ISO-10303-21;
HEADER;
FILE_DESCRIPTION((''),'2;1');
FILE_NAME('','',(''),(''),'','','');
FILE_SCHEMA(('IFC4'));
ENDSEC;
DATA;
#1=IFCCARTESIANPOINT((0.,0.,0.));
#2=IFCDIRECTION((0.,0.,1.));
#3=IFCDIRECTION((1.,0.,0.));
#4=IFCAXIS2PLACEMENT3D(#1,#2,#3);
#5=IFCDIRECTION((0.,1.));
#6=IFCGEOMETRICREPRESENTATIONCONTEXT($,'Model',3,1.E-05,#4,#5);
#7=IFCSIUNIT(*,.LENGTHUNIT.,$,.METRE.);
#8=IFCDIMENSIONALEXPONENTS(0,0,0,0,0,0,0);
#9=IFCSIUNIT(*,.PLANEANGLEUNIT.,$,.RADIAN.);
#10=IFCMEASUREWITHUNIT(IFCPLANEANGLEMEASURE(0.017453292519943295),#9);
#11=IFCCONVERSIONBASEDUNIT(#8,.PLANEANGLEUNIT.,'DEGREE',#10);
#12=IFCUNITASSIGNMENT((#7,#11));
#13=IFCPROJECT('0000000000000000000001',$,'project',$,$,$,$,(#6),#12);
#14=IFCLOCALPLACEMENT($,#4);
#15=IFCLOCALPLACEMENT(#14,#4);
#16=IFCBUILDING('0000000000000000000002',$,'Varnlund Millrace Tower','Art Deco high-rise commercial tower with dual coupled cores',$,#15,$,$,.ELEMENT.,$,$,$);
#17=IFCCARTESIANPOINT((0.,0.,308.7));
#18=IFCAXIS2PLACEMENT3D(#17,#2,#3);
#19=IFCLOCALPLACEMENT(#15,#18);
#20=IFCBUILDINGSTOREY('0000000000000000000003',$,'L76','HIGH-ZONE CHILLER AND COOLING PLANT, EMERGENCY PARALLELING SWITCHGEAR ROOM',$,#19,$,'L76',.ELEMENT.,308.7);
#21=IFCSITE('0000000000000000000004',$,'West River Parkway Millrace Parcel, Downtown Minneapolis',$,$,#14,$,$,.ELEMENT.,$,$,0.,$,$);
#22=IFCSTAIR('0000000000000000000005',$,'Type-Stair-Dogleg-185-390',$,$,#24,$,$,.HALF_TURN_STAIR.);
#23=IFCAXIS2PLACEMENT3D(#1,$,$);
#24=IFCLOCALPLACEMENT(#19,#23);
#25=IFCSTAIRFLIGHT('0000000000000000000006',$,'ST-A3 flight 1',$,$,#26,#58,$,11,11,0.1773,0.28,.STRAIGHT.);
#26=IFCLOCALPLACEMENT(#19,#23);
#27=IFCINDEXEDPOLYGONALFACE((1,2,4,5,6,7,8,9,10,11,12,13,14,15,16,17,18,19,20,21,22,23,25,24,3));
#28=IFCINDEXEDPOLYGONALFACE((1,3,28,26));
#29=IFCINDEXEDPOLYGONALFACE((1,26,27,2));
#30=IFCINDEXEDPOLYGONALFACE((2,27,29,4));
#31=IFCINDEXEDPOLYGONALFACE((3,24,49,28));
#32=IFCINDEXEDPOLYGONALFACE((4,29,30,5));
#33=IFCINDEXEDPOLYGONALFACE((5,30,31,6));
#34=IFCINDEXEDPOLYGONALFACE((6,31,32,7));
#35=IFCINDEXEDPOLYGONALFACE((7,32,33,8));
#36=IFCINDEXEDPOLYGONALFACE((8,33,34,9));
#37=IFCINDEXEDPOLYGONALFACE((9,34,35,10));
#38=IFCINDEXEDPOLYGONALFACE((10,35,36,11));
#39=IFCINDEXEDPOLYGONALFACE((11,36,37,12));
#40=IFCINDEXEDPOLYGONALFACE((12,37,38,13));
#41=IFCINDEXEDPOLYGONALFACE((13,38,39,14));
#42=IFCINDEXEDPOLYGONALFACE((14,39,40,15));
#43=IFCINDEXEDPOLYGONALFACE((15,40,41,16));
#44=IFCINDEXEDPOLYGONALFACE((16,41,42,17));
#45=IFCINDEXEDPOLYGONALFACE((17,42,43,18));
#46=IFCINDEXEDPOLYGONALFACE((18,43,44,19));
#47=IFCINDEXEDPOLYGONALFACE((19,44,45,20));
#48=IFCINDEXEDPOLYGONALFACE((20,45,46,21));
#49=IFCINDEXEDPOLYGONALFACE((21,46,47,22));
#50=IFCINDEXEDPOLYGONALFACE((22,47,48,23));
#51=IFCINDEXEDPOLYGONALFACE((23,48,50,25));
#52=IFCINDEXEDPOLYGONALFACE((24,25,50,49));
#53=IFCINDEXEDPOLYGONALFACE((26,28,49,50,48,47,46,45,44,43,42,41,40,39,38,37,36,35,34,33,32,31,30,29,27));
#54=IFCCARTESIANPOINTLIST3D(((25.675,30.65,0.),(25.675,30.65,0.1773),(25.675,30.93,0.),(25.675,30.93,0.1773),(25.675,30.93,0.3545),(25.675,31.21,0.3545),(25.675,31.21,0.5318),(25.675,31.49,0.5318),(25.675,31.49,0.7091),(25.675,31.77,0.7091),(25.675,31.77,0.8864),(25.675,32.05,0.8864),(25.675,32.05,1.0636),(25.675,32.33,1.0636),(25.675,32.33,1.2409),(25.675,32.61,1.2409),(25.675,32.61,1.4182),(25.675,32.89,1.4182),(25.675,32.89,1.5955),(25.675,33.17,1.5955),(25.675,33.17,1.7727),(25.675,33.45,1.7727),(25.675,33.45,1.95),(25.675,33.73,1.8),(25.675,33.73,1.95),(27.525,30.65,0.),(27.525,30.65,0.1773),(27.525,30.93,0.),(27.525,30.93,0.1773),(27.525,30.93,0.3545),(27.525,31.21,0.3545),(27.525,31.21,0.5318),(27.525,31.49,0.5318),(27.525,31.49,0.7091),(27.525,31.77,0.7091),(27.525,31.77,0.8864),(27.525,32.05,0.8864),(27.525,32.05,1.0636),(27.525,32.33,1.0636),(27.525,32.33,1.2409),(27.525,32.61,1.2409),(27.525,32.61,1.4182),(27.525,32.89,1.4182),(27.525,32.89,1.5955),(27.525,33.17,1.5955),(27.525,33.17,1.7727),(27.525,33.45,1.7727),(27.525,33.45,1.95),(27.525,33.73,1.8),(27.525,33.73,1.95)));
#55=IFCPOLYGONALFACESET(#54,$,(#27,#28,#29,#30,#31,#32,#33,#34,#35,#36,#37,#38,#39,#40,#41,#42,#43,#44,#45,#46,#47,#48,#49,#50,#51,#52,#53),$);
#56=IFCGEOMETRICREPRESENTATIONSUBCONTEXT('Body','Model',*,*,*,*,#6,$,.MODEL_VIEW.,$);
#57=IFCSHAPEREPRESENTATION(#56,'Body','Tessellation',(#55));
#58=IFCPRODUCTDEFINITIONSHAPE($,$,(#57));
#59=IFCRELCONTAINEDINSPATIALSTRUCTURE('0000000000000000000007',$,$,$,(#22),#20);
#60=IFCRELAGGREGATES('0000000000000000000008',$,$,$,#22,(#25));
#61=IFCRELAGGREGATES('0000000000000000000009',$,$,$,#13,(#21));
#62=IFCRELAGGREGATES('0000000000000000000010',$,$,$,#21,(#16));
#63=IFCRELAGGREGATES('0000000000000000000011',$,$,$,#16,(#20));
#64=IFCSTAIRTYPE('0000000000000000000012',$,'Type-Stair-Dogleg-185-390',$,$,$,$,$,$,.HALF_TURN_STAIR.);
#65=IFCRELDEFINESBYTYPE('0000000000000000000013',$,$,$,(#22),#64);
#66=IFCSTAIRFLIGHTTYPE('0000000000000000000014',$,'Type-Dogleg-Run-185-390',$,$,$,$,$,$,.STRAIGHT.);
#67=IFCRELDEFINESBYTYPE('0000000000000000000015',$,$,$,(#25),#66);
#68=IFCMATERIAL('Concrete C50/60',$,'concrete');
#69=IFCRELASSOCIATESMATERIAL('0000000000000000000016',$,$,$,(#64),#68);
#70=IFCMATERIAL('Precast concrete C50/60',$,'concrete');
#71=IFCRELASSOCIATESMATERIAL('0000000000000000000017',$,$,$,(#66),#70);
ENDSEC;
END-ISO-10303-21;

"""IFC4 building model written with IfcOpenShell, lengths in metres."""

from ifc_helpers import new_model, entity, si_unit, converted_unit, direction, frame, origin_with_axes, place, context, subcontext, project, spatial, polyline, outline, extrude, material, type_object, element, aggregate, save


model = new_model("IFC4")

# Units and contexts
model_context = context("Model", 3, precision=1e-05, world=origin_with_axes(), true_north=direction((0.0, 1.0)))
body_context = subcontext(model_context, "Body", "Model", "MODEL_VIEW")
ifc_project = project(units=[si_unit("LENGTHUNIT", "METRE"), converted_unit("PLANEANGLEUNIT", "DEGREE", entity("IfcPlaneAngleMeasure", 0.017453292519943295), si_unit("PLANEANGLEUNIT", "RADIAN"), dimensions=[0, 0, 0, 0, 0, 0, 0])], contexts=[model_context])

# Site, building, storey
site_placement = place(None, origin_with_axes())
site = spatial("IfcSite", under=ifc_project, at=site_placement, Name="West River Parkway Millrace Parcel, Downtown Minneapolis", CompositionType="ELEMENT", RefElevation=0.0)
building_placement = place(site_placement, origin_with_axes())
building = spatial("IfcBuilding", under=site, at=building_placement, Name="Varnlund Millrace Tower", Description="Art Deco high-rise commercial tower with dual coupled cores", CompositionType="ELEMENT")
storey_placement = place(building_placement, frame((0.0, 0.0, 308.7), z_axis=(0.0, 0.0, 1.0), x_axis=(1.0, 0.0, 0.0)))
storey = spatial("IfcBuildingStorey", under=building, at=storey_placement, Name="L76", Description="HIGH-ZONE CHILLER AND COOLING PLANT, EMERGENCY PARALLELING SWITCHGEAR ROOM", LongName="L76", CompositionType="ELEMENT", Elevation=308.7)

# Shared definitions
ifc_material_1 = material(Name="Precast concrete C50/60", Category="concrete")

# Stair, stair flight
ifc_material_2 = material(Name="Concrete C50/60", Category="concrete")
stair_type = type_object("IfcStairType", Name="Type-Stair-Dogleg-185-390", PredefinedType="HALF_TURN_STAIR", material=ifc_material_2)
stair_flight_type = type_object("IfcStairFlightType", Name="Type-Dogleg-Run-185-390", PredefinedType="STRAIGHT", material=ifc_material_1)
stair_1_placement = place(storey_placement, origin_with_axes())
stair_1 = element("IfcStair", 1, at=stair_1_placement, inside=storey, type_object=stair_type, Name="Type-Stair-Dogleg-185-390", PredefinedType="HALF_TURN_STAIR")
stair_flight_1_placement = place(storey_placement, frame((25.675, 30.65, 0.0), z_axis=(1.0, 0.0, 0.0), x_axis=(0.0, 1.0, 0.0)))
stair_flight_1 = element("IfcStairFlight", 2, at=stair_flight_1_placement, type_object=stair_flight_type, Name="ST-A3 flight 1", NumberOfRisers=11, NumberOfTreads=11, PredefinedType="STRAIGHT", RiserHeight=0.1773, TreadLength=0.28, context=body_context, shape_type="SweptSolid", body=[
    extrude(outline(polyline([(0.0, 0.0), (0.0, 0.1773), (0.28, 0.1773), (0.28, 0.3545), (0.56, 0.3545), (0.56, 0.5318), (0.84, 0.5318), (0.84, 0.7091), (1.12, 0.7091), (1.12, 0.8864), (1.4, 0.8864), (1.4, 1.0636), (1.68, 1.0636), (1.68, 1.2409), (1.96, 1.2409), (1.96, 1.4182), (2.24, 1.4182), (2.24, 1.5955), (2.52, 1.5955), (2.52, 1.7727), (2.8, 1.7727), (2.8, 1.95), (3.08, 1.95), (3.08, 1.8), (0.28, 0.0), (0.0, 0.0)])), origin_with_axes(), (0.0, 0.0, 1.0), 1.85),
])
aggregate(stair_1, [stair_flight_1])

save(model, "model.ifc")
